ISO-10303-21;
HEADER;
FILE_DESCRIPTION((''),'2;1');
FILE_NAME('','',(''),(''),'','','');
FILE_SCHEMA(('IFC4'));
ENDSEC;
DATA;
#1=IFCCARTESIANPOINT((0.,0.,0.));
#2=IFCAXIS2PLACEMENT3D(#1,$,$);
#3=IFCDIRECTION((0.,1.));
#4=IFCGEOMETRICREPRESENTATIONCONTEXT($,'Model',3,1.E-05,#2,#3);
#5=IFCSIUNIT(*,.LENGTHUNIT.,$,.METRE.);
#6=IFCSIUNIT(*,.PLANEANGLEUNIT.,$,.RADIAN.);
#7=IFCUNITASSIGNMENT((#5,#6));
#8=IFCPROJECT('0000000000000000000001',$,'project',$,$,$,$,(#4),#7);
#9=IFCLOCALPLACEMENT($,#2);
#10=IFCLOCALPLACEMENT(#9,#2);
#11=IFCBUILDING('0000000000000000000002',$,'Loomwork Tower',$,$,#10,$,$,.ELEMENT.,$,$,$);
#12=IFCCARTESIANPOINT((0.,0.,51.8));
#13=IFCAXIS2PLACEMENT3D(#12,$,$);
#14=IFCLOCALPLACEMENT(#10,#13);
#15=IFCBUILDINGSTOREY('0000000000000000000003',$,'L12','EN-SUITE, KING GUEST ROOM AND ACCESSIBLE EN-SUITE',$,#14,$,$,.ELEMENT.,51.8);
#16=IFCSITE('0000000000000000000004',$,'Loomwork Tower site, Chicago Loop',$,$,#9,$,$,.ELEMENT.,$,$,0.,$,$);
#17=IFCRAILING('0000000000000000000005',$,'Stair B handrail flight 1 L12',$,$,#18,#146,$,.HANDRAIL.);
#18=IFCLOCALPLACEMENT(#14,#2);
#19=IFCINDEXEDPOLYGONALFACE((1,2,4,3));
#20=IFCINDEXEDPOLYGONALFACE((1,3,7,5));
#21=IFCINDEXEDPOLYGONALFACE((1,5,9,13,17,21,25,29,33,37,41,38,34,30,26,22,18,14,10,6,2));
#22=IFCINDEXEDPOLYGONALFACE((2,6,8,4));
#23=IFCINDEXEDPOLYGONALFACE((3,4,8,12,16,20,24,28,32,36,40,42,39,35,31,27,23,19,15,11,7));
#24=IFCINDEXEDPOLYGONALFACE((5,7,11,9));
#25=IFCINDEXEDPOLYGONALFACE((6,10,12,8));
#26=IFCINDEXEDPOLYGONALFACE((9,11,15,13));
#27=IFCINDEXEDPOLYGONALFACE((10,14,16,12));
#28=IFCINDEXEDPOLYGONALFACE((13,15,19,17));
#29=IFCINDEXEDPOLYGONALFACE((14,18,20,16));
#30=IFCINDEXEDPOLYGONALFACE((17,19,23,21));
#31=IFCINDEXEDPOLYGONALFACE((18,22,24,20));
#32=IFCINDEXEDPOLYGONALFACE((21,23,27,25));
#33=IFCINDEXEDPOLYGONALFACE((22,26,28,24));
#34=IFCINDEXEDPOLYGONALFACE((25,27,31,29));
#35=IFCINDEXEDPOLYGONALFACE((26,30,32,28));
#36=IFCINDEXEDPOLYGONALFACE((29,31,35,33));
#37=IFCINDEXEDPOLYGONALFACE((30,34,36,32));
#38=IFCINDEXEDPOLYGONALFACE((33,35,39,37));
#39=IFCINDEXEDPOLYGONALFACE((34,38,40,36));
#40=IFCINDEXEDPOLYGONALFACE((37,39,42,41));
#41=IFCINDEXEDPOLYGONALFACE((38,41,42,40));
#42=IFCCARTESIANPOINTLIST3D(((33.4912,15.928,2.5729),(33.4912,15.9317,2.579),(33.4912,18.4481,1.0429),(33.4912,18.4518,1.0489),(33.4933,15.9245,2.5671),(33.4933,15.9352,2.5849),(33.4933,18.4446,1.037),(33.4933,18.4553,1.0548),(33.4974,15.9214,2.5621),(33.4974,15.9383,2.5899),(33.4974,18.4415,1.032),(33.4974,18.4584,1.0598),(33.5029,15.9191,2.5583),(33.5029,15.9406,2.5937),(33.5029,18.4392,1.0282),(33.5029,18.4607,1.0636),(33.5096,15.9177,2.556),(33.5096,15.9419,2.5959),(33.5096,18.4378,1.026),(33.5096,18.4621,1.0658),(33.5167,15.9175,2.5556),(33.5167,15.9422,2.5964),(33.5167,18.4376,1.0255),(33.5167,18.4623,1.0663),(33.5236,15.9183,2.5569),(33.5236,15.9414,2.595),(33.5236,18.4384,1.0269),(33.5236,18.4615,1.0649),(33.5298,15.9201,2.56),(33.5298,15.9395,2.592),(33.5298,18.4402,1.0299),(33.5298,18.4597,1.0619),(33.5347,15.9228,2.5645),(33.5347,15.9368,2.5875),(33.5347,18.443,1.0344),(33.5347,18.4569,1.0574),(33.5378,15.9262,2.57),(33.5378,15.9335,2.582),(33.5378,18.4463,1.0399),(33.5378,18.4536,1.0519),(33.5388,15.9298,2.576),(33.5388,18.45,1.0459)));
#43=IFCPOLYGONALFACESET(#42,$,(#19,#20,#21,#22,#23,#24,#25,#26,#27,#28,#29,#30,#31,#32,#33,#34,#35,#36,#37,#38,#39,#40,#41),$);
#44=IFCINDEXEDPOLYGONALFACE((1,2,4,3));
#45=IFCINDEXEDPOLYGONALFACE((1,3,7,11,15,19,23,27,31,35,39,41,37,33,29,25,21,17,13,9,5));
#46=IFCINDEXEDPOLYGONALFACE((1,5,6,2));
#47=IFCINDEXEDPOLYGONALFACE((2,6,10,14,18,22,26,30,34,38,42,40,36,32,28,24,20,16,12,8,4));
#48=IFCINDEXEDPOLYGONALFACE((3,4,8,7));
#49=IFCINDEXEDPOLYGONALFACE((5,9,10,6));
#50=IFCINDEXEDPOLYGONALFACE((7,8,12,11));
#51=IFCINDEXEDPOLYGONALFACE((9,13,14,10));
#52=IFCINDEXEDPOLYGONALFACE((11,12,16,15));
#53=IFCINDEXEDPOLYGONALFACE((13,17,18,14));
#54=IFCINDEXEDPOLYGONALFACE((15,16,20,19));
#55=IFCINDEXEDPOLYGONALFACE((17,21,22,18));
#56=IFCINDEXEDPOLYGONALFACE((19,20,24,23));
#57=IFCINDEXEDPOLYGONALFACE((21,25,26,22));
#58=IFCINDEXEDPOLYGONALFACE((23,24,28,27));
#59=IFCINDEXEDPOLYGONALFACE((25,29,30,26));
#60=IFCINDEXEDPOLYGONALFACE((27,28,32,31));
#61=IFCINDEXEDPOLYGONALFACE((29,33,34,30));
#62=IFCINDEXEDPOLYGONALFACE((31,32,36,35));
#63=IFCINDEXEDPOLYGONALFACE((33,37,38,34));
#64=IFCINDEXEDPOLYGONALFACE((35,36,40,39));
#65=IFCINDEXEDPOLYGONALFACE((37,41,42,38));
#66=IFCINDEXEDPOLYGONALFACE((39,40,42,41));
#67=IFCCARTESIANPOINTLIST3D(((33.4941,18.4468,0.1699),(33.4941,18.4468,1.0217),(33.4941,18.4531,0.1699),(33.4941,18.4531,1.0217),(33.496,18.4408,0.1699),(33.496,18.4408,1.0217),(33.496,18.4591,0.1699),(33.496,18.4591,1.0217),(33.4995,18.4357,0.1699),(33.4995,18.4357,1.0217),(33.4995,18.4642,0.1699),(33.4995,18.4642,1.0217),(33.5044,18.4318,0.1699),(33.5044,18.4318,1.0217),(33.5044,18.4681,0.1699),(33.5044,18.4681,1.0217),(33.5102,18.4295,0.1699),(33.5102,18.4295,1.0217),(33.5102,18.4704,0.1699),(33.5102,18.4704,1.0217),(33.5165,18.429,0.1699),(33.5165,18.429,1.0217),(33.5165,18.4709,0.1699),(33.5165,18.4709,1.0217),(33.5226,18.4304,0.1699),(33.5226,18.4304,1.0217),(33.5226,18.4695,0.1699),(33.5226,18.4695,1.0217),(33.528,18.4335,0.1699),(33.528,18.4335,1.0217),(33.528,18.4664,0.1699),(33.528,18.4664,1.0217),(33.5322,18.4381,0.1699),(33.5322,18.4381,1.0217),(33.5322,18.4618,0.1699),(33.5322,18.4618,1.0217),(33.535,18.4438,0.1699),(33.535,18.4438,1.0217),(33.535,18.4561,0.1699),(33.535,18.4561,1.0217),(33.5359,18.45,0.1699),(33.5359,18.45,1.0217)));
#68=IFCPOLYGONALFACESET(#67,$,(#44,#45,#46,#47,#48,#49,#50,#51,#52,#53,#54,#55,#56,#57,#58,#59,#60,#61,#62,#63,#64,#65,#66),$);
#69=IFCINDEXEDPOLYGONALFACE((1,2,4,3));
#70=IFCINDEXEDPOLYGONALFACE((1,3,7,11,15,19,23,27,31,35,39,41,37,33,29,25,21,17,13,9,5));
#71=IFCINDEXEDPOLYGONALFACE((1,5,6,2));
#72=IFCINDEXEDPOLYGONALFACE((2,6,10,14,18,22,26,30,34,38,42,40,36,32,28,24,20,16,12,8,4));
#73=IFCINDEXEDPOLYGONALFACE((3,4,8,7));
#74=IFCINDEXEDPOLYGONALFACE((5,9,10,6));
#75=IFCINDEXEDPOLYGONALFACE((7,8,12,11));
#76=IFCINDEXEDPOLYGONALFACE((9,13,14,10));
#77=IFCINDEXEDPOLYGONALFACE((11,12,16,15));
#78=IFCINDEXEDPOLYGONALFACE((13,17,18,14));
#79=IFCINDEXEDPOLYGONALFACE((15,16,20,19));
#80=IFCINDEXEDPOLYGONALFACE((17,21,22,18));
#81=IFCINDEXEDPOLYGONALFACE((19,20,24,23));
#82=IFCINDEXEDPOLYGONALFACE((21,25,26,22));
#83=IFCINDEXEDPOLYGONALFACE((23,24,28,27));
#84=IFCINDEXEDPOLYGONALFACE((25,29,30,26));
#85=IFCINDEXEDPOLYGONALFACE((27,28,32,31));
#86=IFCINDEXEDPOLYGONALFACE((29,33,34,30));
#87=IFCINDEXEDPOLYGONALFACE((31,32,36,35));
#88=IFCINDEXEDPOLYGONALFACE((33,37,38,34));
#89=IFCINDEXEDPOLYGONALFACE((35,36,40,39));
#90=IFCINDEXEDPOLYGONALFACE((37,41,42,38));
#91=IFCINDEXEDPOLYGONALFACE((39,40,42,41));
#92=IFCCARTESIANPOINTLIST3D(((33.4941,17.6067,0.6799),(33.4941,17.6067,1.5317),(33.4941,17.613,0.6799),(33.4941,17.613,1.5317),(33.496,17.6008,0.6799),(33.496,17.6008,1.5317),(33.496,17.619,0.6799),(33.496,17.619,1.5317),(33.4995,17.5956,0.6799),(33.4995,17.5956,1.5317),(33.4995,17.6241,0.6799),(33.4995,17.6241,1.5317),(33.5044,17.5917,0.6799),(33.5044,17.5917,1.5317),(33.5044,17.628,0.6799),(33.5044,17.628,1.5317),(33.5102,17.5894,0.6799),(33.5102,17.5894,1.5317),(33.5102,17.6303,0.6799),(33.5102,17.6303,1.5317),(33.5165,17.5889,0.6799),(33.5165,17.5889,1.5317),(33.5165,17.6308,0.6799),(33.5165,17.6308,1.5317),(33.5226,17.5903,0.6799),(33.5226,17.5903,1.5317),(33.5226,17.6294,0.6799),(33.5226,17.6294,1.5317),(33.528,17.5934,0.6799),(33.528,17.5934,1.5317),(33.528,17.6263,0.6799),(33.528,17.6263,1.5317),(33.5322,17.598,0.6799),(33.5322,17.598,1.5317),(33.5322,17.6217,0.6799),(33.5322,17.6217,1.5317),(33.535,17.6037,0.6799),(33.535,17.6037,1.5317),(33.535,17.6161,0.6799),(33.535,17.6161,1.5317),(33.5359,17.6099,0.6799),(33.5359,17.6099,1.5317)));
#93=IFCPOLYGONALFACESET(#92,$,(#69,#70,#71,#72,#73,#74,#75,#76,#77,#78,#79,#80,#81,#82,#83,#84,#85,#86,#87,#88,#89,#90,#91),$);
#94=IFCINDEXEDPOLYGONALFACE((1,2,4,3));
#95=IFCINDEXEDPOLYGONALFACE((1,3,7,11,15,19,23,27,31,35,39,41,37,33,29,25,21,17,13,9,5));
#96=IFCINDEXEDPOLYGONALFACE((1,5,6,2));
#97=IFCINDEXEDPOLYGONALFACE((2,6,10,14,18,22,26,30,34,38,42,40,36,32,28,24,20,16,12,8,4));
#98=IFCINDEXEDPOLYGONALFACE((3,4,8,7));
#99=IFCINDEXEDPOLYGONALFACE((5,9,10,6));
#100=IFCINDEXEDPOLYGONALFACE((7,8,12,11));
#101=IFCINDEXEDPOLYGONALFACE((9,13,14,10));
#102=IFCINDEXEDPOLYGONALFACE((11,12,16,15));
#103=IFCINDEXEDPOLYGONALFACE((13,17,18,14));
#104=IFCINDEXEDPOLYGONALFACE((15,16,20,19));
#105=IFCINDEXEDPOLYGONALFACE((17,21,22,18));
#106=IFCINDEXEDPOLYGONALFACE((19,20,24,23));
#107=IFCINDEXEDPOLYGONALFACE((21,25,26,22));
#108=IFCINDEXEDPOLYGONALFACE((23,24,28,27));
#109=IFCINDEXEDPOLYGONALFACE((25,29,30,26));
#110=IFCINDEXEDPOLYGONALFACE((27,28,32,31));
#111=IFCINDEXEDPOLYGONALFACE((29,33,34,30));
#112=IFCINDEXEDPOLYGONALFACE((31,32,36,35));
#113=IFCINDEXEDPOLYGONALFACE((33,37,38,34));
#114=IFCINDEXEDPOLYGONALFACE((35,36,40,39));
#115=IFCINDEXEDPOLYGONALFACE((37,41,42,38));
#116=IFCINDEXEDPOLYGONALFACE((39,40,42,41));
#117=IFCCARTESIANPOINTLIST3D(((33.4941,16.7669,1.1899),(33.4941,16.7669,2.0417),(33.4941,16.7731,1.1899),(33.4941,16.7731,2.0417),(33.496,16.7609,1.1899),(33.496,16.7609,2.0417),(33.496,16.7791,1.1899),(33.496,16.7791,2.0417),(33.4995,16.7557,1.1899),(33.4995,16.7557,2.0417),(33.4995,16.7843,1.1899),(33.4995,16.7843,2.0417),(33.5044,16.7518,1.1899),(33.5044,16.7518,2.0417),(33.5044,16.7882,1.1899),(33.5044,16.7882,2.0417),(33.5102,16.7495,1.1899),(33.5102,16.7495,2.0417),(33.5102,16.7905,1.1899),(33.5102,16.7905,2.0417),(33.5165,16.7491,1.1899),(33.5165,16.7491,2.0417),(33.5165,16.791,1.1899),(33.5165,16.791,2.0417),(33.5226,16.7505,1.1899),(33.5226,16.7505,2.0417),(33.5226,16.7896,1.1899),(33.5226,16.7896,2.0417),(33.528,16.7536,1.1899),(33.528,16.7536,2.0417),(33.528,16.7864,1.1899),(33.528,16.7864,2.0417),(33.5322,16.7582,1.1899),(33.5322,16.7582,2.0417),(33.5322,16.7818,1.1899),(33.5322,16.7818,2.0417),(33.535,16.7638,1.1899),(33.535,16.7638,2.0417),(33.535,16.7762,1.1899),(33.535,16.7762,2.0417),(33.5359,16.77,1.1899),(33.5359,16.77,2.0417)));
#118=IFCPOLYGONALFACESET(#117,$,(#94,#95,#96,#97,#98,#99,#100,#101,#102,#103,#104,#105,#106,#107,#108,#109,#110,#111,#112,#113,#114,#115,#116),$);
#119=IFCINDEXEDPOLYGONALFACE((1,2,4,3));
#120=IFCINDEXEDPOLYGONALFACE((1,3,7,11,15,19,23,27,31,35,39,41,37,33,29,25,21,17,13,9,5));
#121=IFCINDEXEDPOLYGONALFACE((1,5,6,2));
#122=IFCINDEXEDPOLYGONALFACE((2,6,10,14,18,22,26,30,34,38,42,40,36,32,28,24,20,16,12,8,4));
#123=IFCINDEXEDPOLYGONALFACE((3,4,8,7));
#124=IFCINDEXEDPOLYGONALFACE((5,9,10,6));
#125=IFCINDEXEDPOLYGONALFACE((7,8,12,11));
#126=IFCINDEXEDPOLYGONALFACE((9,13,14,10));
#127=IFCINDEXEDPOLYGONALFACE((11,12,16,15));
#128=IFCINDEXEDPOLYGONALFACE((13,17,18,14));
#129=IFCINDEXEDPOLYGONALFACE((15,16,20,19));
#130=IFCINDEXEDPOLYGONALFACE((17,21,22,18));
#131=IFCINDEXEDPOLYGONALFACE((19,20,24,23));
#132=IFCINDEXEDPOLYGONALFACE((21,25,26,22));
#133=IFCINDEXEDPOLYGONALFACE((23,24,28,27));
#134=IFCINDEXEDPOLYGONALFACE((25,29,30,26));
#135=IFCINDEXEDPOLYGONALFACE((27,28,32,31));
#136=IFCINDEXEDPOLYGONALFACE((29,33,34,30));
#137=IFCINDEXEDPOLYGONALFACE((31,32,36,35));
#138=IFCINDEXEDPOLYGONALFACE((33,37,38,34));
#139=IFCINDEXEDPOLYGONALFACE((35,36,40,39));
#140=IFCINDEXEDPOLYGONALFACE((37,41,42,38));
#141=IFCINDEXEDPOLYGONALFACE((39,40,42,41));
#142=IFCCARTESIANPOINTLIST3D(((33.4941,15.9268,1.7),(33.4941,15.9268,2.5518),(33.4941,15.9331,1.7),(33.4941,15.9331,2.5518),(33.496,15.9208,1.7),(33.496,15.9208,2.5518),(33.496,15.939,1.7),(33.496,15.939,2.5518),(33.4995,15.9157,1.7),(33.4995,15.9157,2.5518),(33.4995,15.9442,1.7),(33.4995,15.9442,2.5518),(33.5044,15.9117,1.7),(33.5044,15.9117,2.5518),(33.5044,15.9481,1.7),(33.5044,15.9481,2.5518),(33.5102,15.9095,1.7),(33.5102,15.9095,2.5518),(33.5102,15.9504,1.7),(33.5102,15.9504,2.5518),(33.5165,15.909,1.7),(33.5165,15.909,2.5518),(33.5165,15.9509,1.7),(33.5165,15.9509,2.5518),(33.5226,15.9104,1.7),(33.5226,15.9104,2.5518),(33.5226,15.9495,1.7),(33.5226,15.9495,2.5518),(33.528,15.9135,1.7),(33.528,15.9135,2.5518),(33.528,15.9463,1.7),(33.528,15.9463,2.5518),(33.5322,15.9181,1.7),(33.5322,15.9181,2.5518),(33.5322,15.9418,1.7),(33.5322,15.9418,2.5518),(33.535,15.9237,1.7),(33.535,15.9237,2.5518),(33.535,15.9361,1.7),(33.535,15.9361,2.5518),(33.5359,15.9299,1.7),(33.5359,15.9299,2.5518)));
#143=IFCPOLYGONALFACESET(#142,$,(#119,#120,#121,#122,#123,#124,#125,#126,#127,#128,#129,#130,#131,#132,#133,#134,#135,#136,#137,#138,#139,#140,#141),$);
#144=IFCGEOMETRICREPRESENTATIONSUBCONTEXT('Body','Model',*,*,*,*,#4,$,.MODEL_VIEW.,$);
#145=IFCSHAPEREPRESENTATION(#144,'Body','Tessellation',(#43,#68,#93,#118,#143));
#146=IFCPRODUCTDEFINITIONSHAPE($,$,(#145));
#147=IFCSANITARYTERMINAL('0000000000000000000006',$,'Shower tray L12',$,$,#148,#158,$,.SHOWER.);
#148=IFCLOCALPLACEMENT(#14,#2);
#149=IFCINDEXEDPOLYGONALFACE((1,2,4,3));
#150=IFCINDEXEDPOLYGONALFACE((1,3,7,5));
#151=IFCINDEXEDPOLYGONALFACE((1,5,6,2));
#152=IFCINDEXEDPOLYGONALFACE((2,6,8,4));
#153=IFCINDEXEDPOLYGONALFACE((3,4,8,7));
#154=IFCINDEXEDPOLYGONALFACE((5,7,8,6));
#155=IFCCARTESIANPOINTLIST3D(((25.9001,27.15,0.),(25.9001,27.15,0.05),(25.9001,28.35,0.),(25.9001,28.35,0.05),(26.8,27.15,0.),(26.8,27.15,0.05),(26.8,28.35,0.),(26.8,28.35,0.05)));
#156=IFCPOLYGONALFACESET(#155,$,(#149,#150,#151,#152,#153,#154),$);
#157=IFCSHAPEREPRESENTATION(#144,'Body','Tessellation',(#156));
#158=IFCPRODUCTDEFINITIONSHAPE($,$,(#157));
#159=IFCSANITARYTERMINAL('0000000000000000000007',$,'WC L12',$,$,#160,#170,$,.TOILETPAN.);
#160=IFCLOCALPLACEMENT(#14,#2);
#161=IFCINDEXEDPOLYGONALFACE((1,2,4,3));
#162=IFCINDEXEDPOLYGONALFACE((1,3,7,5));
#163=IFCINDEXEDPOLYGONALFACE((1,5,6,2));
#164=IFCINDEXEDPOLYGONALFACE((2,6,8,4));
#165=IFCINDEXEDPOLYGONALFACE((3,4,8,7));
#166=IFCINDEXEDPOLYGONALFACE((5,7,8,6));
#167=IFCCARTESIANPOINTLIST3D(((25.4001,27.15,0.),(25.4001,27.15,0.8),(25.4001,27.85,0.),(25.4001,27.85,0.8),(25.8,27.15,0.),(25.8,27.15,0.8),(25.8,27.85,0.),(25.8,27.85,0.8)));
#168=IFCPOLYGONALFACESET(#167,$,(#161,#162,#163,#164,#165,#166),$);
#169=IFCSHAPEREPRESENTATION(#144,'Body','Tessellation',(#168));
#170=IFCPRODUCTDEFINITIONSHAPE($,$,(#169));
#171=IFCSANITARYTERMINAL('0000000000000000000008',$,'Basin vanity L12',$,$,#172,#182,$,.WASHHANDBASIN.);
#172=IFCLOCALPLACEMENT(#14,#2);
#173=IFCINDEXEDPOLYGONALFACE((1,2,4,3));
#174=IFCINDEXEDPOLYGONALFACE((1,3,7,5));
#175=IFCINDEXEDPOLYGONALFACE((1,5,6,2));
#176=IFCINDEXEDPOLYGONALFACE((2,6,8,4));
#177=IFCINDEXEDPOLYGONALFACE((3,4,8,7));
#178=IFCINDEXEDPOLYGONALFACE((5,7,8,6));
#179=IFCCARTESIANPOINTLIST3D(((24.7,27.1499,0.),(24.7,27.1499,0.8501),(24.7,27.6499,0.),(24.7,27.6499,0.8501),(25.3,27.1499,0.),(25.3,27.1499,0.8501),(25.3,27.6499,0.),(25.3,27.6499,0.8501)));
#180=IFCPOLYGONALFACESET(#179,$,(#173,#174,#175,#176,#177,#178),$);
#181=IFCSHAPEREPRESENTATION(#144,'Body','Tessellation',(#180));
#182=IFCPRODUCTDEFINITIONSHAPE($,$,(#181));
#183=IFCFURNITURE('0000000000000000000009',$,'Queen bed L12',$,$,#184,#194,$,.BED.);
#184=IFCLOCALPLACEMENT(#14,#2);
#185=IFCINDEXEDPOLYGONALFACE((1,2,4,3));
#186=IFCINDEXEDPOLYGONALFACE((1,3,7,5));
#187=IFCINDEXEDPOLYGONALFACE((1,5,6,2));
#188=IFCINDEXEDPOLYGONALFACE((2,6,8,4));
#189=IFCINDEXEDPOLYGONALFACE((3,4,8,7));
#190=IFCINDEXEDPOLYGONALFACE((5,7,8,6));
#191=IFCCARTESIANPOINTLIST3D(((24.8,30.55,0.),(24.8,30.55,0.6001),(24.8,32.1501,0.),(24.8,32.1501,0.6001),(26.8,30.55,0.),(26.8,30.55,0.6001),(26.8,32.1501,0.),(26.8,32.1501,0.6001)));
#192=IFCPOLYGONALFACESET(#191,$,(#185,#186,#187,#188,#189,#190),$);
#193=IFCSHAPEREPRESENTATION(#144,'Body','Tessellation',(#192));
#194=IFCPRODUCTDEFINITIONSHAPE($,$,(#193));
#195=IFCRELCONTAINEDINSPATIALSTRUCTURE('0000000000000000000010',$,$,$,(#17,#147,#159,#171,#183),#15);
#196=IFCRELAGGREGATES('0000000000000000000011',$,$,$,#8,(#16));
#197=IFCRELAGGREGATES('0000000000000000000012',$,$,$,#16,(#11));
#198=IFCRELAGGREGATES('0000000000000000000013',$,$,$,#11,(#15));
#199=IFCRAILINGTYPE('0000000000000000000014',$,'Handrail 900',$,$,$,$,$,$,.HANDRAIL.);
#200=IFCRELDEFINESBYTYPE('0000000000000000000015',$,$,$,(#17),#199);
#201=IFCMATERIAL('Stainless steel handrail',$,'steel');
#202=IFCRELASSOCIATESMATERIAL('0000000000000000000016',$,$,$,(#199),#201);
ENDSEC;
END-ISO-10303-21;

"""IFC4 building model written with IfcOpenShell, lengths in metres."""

from ifc_helpers import new_model, si_unit, direction, frame, origin, origin_2d, place, context, subcontext, project, spatial, rectangle, circle, extrude, material, type_object, element, save


model = new_model("IFC4")

# Units and contexts
model_context = context("Model", 3, precision=1e-05, world=origin(), true_north=direction((0.0, 1.0)))
body_context = subcontext(model_context, "Body", "Model", "MODEL_VIEW")
ifc_project = project(units=[si_unit("LENGTHUNIT", "METRE"), si_unit("PLANEANGLEUNIT", "RADIAN")], contexts=[model_context])

# Site, building, storey
site_placement = place(None, origin())
site = spatial("IfcSite", under=ifc_project, at=site_placement, Name="Loomwork Tower site, Chicago Loop", CompositionType="ELEMENT", RefElevation=0.0)
building_placement = place(site_placement, origin())
building = spatial("IfcBuilding", under=site, at=building_placement, Name="Loomwork Tower", CompositionType="ELEMENT")
storey_placement = place(building_placement, frame((0.0, 0.0, 51.8)))
storey = spatial("IfcBuildingStorey", under=building, at=storey_placement, Name="L12", Description="EN-SUITE, KING GUEST ROOM AND ACCESSIBLE EN-SUITE", CompositionType="ELEMENT", Elevation=51.8)

# Railing
ifc_material_1 = material(Name="Stainless steel handrail", Category="steel")
railing_type = type_object("IfcRailingType", Name="Handrail 900", PredefinedType="HANDRAIL", material=ifc_material_1)
railing_placement = place(storey_placement, frame((33.5149, 18.45, 0.1699)))
element("IfcRailing", 1, at=railing_placement, inside=storey, type_object=railing_type, Name="Stair B handrail flight 1 L12", PredefinedType="HANDRAIL", context=body_context, shape_type="SweptSolid", body=[
    extrude(circle(Radius=0.0239, at=origin_2d()), frame((0.0, 0.0, 0.876), z_axis=(0.0, -0.854785, 0.518982), x_axis=(1.0, 0.0, 0.0)), (0.0, 0.0, 1.0), 2.9482),
    extrude(circle(Radius=0.021, at=origin_2d()), origin(), (0.0, 0.0, 1.0), 0.8518),
    extrude(circle(Radius=0.021, at=origin_2d()), frame((0.0, -0.8401, 0.51)), (0.0, 0.0, 1.0), 0.8518),
    extrude(circle(Radius=0.021, at=origin_2d()), frame((0.0, -1.6799, 1.02)), (0.0, 0.0, 1.0), 0.8518),
    extrude(circle(Radius=0.021, at=origin_2d()), frame((0.0, -2.52, 1.53)), (0.0, 0.0, 1.0), 0.8518),
])

# Sanitary terminals
sanitary_terminal_1_placement = place(storey_placement, frame((26.3501, 27.75, 0.0), z_axis=(0.0, 0.0, 1.0), x_axis=(1.0, 0.0, 0.0)))
element("IfcSanitaryTerminal", 2, at=sanitary_terminal_1_placement, inside=storey, Name="Shower tray L12", PredefinedType="SHOWER", context=body_context, shape_type="SweptSolid", body=[
    extrude(rectangle(XDim=0.8999, YDim=1.2, at=origin_2d()), origin(), (0.0, 0.0, 1.0), 0.05),
])
sanitary_terminal_2_placement = place(storey_placement, frame((25.6001, 27.5, 0.0), z_axis=(0.0, 0.0, 1.0), x_axis=(1.0, 0.0, 0.0)))
element("IfcSanitaryTerminal", 3, at=sanitary_terminal_2_placement, inside=storey, Name="WC L12", PredefinedType="TOILETPAN", context=body_context, shape_type="SweptSolid", body=[
    extrude(rectangle(XDim=0.3999, YDim=0.7, at=origin_2d()), origin(), (0.0, 0.0, 1.0), 0.8),
])
sanitary_terminal_3_placement = place(storey_placement, frame((25.0, 27.3999, 0.0), z_axis=(0.0, 0.0, 1.0), x_axis=(1.0, 0.0, 0.0)))
element("IfcSanitaryTerminal", 4, at=sanitary_terminal_3_placement, inside=storey, Name="Basin vanity L12", PredefinedType="WASHHANDBASIN", context=body_context, shape_type="SweptSolid", body=[
    extrude(rectangle(XDim=0.6001, YDim=0.5, at=origin_2d()), origin(), (0.0, 0.0, 1.0), 0.8501),
])

# Furniture
furniture_placement = place(storey_placement, frame((25.8, 31.3501, 0.0), z_axis=(0.0, 0.0, 1.0), x_axis=(1.0, 0.0, 0.0)))
element("IfcFurniture", 5, at=furniture_placement, inside=storey, Name="Queen bed L12", PredefinedType="BED", context=body_context, shape_type="SweptSolid", body=[
    extrude(rectangle(XDim=2.0, YDim=1.6001, at=origin_2d()), origin(), (0.0, 0.0, 1.0), 0.6001),
])

save(model, "model.ifc")
